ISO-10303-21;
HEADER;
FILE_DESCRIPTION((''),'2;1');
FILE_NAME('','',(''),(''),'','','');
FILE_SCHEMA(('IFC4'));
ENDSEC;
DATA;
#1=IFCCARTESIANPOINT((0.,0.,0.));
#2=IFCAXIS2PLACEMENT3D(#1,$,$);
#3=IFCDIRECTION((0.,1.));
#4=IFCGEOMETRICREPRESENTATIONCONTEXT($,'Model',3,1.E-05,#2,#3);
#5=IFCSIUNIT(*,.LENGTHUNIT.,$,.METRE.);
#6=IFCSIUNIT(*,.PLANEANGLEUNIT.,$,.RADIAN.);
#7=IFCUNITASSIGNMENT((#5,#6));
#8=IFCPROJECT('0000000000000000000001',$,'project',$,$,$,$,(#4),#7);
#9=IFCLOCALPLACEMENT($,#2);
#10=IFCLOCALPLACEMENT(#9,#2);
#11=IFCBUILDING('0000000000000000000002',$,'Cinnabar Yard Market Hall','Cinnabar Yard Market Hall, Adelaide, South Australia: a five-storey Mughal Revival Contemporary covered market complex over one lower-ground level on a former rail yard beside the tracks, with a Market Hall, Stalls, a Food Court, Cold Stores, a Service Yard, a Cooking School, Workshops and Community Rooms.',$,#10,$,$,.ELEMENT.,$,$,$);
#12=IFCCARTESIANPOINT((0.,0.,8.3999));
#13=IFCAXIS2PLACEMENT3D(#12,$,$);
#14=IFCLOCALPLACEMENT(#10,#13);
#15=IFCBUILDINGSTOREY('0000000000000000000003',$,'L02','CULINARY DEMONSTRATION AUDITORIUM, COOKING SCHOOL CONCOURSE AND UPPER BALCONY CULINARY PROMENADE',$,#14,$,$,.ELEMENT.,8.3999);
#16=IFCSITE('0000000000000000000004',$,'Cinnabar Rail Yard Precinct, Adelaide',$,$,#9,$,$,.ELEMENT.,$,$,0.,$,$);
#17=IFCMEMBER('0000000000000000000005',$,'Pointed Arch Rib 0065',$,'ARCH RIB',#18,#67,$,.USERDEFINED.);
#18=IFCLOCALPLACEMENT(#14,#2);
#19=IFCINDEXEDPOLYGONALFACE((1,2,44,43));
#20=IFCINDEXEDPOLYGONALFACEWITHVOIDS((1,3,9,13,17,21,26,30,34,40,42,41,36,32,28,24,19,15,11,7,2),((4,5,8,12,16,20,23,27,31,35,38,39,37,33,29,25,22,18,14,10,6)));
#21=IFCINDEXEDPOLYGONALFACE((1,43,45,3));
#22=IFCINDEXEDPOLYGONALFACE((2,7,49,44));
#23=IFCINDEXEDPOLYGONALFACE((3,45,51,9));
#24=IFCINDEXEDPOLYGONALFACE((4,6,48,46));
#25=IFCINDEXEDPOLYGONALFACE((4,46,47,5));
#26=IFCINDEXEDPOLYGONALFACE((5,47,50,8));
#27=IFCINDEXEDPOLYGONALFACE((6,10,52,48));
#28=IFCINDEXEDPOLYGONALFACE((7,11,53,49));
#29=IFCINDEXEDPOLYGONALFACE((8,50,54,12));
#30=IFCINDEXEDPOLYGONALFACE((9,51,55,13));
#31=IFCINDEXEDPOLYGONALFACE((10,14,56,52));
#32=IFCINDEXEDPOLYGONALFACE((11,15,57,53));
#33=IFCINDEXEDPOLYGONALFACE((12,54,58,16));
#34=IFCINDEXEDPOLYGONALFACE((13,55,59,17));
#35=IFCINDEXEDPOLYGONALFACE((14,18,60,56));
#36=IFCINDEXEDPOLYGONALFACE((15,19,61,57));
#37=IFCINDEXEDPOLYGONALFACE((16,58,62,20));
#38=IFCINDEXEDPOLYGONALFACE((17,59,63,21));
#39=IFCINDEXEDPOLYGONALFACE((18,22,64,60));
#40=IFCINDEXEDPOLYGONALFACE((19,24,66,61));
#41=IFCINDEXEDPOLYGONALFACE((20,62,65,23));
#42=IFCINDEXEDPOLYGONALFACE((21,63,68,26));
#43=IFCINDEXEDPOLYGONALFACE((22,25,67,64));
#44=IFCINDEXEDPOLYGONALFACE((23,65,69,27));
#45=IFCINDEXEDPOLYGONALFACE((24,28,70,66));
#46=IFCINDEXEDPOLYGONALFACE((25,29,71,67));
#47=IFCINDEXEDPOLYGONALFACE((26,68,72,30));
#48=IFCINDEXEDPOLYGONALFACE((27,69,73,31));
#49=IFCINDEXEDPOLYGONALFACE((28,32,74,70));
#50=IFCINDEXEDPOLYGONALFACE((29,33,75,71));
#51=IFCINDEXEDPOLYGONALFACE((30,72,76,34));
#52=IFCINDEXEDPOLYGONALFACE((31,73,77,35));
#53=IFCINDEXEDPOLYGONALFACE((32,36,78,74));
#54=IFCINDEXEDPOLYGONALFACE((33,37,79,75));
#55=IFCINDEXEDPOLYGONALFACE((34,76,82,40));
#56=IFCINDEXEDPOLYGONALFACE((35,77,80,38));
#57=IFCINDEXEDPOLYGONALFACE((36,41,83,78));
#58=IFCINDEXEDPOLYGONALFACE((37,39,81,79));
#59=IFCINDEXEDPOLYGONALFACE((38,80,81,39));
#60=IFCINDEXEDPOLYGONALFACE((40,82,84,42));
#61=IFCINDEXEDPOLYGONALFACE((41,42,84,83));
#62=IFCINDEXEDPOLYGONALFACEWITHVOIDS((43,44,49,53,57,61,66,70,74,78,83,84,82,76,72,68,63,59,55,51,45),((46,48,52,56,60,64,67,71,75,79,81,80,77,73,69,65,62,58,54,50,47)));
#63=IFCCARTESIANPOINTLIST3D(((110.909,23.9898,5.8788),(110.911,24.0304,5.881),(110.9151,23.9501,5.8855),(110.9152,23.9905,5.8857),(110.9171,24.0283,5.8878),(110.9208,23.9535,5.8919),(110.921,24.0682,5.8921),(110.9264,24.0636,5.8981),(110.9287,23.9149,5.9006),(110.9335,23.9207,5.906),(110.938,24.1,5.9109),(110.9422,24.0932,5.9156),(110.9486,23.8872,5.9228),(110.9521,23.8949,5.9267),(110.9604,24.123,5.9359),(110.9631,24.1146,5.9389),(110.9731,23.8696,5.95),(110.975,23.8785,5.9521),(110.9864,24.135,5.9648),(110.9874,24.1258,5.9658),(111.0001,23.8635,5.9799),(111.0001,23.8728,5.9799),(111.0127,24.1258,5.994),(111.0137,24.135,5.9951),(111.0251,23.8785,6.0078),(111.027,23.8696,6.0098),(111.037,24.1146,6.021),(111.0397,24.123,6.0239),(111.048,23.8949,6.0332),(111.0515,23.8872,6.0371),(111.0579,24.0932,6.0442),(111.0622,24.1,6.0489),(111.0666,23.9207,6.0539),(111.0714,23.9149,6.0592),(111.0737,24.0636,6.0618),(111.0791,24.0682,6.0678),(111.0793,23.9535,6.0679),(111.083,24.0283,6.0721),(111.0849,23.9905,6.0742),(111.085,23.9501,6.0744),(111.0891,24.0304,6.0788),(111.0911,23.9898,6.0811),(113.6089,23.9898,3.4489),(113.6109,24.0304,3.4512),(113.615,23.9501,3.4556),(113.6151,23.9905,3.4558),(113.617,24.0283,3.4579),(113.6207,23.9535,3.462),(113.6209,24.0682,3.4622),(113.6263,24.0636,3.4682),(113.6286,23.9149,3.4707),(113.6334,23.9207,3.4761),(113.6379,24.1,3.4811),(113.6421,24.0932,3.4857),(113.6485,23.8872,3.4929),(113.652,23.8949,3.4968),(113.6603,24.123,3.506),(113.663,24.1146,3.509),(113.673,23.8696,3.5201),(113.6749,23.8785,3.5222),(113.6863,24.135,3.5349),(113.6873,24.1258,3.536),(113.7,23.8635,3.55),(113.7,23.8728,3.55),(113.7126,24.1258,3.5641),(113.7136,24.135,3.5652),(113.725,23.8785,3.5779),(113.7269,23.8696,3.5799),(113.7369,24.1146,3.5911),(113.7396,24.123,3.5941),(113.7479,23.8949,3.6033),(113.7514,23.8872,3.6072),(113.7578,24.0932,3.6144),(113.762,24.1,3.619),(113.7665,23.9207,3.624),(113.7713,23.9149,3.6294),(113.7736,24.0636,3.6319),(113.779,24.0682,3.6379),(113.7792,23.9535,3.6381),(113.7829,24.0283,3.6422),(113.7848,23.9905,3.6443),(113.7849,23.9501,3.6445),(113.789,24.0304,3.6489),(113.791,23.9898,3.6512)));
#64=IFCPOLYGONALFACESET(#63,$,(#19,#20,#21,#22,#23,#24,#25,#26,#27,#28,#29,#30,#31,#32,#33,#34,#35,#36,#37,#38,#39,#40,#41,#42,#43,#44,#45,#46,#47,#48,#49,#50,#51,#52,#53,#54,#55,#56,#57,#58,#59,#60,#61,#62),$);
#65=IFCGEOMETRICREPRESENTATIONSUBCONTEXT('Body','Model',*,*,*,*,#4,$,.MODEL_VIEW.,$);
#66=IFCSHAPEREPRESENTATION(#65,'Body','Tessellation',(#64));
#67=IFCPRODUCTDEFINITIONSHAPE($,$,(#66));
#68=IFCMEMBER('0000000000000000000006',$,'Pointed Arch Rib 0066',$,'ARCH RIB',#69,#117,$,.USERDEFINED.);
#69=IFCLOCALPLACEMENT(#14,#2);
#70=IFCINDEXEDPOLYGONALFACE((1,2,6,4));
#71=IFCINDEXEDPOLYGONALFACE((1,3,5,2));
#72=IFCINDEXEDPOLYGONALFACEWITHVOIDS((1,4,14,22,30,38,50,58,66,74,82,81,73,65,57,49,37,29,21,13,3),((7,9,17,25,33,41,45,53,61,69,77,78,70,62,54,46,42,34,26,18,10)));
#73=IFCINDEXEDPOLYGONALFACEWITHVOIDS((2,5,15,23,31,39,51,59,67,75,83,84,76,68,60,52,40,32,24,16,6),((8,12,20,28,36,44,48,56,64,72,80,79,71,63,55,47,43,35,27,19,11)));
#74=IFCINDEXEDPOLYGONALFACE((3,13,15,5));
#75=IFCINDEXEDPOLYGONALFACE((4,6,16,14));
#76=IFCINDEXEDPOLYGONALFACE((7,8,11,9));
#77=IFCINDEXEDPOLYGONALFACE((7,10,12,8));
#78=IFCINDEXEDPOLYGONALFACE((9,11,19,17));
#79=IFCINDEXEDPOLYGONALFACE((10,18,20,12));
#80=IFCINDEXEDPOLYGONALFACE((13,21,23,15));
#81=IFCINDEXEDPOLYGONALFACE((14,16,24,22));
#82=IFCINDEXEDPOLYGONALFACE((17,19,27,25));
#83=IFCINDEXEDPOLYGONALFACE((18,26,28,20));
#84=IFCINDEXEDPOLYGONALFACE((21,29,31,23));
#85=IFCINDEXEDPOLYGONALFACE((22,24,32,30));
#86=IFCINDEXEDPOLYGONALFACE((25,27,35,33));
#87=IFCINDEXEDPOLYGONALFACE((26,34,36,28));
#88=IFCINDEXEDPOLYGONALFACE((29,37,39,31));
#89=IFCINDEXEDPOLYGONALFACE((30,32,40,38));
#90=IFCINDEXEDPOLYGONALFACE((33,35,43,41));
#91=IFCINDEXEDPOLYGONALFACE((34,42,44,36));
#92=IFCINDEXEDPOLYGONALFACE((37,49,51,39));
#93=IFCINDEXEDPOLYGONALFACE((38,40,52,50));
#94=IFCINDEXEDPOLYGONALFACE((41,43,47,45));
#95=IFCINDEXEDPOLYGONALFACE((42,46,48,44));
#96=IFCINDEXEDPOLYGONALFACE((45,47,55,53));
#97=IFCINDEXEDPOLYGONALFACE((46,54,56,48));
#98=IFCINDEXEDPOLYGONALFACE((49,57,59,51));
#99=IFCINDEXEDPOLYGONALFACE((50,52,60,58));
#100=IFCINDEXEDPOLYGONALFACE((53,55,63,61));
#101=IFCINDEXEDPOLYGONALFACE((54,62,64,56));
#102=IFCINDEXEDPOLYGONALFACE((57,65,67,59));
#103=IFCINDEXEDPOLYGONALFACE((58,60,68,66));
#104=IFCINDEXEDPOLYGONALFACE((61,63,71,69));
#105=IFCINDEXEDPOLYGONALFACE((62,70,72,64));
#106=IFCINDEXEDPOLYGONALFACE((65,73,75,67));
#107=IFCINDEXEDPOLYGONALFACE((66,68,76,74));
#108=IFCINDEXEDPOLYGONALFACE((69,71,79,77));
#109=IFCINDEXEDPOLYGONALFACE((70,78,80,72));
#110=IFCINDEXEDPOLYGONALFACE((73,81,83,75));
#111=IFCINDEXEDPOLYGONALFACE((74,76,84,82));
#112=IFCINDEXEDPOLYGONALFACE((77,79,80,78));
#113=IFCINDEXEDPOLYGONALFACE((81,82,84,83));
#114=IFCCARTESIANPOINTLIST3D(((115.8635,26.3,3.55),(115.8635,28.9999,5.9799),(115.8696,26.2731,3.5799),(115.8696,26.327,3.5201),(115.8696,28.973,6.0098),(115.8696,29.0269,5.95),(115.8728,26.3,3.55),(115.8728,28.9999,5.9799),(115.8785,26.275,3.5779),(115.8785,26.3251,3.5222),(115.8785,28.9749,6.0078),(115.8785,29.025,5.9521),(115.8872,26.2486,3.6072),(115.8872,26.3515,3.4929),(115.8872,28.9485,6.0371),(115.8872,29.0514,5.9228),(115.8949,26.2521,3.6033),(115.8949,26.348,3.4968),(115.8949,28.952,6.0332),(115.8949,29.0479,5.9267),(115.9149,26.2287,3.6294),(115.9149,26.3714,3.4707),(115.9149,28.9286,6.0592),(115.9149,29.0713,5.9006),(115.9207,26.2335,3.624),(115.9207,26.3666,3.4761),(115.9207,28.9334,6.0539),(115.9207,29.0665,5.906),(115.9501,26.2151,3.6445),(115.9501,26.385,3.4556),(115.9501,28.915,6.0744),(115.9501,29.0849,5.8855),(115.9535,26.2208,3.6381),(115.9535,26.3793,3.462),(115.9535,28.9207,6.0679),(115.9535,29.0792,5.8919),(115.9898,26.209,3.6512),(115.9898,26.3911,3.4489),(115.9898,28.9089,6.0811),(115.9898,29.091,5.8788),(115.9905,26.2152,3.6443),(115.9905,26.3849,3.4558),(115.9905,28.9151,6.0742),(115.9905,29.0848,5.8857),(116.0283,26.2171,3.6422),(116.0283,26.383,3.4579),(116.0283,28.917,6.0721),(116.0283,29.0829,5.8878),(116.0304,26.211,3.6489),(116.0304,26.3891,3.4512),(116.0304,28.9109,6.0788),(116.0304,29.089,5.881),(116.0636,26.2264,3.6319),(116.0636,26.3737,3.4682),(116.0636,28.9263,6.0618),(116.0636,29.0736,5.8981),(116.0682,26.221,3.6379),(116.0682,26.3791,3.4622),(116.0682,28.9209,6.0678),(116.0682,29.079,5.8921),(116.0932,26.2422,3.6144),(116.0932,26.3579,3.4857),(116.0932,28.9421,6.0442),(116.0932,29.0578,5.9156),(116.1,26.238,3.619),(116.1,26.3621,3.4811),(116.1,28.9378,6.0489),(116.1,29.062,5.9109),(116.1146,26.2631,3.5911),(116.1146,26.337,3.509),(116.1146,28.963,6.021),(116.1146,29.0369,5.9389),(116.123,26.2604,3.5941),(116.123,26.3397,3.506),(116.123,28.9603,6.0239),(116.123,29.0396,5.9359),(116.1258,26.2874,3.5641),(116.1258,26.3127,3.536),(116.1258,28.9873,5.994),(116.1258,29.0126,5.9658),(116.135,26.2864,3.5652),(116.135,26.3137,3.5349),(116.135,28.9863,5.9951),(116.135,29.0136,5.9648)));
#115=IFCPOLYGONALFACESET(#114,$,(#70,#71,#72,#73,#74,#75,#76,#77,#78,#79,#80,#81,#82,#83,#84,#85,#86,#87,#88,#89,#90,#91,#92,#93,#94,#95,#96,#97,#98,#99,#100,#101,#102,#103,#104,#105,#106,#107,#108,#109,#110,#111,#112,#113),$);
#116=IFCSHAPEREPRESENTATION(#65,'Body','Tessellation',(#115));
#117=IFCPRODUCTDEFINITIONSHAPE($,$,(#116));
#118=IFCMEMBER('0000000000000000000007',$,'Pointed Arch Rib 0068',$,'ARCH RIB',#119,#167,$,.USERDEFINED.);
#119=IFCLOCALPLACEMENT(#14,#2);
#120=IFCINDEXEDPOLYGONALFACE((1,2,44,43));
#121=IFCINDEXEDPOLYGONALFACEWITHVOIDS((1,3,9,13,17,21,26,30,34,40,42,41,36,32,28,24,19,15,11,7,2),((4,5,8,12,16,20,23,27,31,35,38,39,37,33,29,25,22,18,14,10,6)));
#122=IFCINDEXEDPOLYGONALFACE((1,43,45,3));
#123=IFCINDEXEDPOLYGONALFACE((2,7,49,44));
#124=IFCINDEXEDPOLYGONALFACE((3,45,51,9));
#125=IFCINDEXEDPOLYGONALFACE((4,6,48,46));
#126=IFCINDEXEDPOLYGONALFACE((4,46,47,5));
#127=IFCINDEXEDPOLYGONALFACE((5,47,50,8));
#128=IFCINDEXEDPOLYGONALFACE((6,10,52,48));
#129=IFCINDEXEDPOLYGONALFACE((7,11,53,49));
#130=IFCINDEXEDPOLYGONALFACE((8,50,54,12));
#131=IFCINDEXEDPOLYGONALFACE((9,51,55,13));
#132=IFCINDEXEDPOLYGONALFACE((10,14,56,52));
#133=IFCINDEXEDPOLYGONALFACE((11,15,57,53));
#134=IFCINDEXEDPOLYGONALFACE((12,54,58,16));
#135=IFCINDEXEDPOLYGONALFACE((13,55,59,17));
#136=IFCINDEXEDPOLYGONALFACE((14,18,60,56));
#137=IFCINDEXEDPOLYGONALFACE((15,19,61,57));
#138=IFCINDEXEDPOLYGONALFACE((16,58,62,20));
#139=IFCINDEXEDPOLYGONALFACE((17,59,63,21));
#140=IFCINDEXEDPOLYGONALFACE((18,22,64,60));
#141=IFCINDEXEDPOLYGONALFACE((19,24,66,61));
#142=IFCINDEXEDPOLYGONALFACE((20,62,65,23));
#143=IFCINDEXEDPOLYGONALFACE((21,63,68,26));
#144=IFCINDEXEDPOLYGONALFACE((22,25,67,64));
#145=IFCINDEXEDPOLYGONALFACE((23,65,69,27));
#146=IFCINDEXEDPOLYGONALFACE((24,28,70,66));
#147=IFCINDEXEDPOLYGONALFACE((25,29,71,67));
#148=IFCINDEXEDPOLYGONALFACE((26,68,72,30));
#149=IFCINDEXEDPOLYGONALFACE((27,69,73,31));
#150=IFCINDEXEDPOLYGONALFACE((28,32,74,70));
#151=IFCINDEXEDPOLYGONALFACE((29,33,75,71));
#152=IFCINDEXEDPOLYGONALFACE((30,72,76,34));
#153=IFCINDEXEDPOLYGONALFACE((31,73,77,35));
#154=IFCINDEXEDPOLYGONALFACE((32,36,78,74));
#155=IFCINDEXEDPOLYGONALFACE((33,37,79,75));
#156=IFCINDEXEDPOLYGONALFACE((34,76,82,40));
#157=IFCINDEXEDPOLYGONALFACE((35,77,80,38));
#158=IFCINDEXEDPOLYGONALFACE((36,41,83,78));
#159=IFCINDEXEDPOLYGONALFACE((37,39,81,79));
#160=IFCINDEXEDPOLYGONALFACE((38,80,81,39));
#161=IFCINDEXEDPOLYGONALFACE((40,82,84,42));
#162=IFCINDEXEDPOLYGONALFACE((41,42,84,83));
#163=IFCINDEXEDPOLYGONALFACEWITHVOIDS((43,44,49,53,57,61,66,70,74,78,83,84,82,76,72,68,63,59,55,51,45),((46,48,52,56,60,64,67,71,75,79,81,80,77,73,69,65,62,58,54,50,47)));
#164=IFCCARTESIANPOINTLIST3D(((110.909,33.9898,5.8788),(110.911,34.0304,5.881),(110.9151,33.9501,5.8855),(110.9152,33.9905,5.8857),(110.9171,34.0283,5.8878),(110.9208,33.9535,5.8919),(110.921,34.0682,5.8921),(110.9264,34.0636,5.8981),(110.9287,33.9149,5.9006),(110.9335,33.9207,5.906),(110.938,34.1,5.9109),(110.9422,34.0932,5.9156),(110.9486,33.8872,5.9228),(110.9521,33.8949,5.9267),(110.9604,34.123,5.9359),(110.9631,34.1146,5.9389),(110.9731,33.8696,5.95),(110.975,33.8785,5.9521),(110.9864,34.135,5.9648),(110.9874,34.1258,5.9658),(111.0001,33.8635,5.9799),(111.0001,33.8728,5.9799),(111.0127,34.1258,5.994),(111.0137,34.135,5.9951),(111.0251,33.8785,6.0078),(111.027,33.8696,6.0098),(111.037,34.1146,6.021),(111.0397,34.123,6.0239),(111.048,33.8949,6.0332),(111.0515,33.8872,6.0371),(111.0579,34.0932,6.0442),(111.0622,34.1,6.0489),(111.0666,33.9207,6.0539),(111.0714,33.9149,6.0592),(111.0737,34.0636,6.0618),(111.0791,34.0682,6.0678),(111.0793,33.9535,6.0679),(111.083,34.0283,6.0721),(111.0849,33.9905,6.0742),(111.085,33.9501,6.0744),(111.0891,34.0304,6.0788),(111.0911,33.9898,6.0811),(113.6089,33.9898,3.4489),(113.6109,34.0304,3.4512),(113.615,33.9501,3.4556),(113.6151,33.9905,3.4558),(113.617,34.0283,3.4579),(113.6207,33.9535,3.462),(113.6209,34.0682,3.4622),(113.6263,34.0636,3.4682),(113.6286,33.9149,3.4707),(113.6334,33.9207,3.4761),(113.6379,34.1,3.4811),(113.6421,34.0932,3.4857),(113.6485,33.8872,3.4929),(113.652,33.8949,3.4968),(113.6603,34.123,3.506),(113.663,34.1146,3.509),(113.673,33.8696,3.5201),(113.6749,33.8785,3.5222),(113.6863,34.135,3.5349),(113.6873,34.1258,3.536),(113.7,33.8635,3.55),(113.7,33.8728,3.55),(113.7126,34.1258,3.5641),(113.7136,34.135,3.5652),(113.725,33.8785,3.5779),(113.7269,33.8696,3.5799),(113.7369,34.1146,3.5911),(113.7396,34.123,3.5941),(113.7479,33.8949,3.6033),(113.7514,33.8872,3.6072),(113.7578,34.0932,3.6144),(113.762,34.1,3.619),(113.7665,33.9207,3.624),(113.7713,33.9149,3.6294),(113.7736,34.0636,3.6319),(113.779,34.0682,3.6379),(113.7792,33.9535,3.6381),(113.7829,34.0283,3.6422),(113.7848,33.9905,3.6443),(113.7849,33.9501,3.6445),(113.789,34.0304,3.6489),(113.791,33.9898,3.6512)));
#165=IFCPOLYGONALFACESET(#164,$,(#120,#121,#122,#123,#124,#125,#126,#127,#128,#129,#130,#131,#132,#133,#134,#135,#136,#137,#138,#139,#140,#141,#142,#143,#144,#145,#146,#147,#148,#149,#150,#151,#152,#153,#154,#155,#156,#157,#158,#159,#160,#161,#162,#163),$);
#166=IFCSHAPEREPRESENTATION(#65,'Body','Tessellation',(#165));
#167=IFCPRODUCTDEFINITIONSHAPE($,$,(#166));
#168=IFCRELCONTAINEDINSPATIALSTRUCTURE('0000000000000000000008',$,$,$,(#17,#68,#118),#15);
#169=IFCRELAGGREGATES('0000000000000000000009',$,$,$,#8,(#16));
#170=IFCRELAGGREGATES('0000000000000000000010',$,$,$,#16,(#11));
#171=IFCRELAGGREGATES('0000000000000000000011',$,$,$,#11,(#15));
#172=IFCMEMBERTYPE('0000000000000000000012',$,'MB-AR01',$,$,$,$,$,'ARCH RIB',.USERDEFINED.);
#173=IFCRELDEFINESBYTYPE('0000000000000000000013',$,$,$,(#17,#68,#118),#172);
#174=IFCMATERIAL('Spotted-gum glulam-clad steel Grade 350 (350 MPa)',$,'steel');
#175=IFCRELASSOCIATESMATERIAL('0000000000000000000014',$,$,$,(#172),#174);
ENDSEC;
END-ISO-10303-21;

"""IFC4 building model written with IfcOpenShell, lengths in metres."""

from ifc_helpers import new_model, si_unit, direction, frame, origin, origin_2d_with_axis, place, context, subcontext, project, spatial, hollow_circle, extrude, material, material_profile, profile_set, type_object, element, save


model = new_model("IFC4")

# Units and contexts
model_context = context("Model", 3, precision=1e-05, world=origin(), true_north=direction((0.0, 1.0)))
body_context = subcontext(model_context, "Body", "Model", "MODEL_VIEW")
ifc_project = project(units=[si_unit("LENGTHUNIT", "METRE"), si_unit("PLANEANGLEUNIT", "RADIAN")], contexts=[model_context])

# Site, building, storey
site_placement = place(None, origin())
site = spatial("IfcSite", under=ifc_project, at=site_placement, Name="Cinnabar Rail Yard Precinct, Adelaide", CompositionType="ELEMENT", RefElevation=0.0)
building_placement = place(site_placement, origin())
building = spatial("IfcBuilding", under=site, at=building_placement, Name="Cinnabar Yard Market Hall", Description="Cinnabar Yard Market Hall, Adelaide, South Australia: a five-storey Mughal Revival Contemporary covered market complex over one lower-ground level on a former rail yard beside the tracks, with a Market Hall, Stalls, a Food Court, Cold Stores, a Service Yard, a Cooking School, Workshops and Community Rooms.", CompositionType="ELEMENT")
storey_placement = place(building_placement, frame((0.0, 0.0, 8.3999)))
storey = spatial("IfcBuildingStorey", under=building, at=storey_placement, Name="L02", Description="CULINARY DEMONSTRATION AUDITORIUM, COOKING SCHOOL CONCOURSE AND UPPER BALCONY CULINARY PROMENADE", CompositionType="ELEMENT", Elevation=8.3999)

# Shared definitions
ifc_material_1 = material(Name="Spotted-gum glulam-clad steel Grade 350 (350 MPa)", Category="steel")

# Members
ifc_material_profile_1 = material_profile(ifc_material_1, hollow_circle(Radius=0.1365, WallThickness=0.0093, at=origin_2d_with_axis()), Name="273.1x9.3CHS")
ifc_profile_set_1 = profile_set([ifc_material_profile_1], Name="Spotted-gum glulam-clad steel Grade 350 (350 MPa)")
member_type_1 = type_object("IfcMemberType", Name="MB-AR01", ElementType="ARCH RIB", PredefinedType="USERDEFINED", material=ifc_profile_set_1)
for number, where, z_axis, x_axis, name in (
    (1, (113.7, 24.0, 3.55), (-0.743297, 0.0, 0.668961), (0.0, -1.0, 0.0), "Pointed Arch Rib 0065"),
    (2, (116.0, 26.3, 3.55), (0.0, 0.743297, 0.668961), (-1.0, 0.0, 0.0), "Pointed Arch Rib 0066"),
    (3, (113.7, 34.0, 3.55), (-0.743297, 0.0, 0.668961), (0.0, -1.0, 0.0), "Pointed Arch Rib 0068"),
):
    element("IfcMember", number, at=place(storey_placement, frame(where, z_axis=z_axis, x_axis=x_axis)), inside=storey, type_object=member_type_1, Name=name, ObjectType="ARCH RIB", PredefinedType="USERDEFINED", context=body_context, shape_type="SweptSolid", body=[
        extrude(hollow_circle(Radius=0.1365, WallThickness=0.0093, at=origin_2d_with_axis()), origin(), (0.0, 0.0, 1.0), 3.6323),
    ])

save(model, "model.ifc")
